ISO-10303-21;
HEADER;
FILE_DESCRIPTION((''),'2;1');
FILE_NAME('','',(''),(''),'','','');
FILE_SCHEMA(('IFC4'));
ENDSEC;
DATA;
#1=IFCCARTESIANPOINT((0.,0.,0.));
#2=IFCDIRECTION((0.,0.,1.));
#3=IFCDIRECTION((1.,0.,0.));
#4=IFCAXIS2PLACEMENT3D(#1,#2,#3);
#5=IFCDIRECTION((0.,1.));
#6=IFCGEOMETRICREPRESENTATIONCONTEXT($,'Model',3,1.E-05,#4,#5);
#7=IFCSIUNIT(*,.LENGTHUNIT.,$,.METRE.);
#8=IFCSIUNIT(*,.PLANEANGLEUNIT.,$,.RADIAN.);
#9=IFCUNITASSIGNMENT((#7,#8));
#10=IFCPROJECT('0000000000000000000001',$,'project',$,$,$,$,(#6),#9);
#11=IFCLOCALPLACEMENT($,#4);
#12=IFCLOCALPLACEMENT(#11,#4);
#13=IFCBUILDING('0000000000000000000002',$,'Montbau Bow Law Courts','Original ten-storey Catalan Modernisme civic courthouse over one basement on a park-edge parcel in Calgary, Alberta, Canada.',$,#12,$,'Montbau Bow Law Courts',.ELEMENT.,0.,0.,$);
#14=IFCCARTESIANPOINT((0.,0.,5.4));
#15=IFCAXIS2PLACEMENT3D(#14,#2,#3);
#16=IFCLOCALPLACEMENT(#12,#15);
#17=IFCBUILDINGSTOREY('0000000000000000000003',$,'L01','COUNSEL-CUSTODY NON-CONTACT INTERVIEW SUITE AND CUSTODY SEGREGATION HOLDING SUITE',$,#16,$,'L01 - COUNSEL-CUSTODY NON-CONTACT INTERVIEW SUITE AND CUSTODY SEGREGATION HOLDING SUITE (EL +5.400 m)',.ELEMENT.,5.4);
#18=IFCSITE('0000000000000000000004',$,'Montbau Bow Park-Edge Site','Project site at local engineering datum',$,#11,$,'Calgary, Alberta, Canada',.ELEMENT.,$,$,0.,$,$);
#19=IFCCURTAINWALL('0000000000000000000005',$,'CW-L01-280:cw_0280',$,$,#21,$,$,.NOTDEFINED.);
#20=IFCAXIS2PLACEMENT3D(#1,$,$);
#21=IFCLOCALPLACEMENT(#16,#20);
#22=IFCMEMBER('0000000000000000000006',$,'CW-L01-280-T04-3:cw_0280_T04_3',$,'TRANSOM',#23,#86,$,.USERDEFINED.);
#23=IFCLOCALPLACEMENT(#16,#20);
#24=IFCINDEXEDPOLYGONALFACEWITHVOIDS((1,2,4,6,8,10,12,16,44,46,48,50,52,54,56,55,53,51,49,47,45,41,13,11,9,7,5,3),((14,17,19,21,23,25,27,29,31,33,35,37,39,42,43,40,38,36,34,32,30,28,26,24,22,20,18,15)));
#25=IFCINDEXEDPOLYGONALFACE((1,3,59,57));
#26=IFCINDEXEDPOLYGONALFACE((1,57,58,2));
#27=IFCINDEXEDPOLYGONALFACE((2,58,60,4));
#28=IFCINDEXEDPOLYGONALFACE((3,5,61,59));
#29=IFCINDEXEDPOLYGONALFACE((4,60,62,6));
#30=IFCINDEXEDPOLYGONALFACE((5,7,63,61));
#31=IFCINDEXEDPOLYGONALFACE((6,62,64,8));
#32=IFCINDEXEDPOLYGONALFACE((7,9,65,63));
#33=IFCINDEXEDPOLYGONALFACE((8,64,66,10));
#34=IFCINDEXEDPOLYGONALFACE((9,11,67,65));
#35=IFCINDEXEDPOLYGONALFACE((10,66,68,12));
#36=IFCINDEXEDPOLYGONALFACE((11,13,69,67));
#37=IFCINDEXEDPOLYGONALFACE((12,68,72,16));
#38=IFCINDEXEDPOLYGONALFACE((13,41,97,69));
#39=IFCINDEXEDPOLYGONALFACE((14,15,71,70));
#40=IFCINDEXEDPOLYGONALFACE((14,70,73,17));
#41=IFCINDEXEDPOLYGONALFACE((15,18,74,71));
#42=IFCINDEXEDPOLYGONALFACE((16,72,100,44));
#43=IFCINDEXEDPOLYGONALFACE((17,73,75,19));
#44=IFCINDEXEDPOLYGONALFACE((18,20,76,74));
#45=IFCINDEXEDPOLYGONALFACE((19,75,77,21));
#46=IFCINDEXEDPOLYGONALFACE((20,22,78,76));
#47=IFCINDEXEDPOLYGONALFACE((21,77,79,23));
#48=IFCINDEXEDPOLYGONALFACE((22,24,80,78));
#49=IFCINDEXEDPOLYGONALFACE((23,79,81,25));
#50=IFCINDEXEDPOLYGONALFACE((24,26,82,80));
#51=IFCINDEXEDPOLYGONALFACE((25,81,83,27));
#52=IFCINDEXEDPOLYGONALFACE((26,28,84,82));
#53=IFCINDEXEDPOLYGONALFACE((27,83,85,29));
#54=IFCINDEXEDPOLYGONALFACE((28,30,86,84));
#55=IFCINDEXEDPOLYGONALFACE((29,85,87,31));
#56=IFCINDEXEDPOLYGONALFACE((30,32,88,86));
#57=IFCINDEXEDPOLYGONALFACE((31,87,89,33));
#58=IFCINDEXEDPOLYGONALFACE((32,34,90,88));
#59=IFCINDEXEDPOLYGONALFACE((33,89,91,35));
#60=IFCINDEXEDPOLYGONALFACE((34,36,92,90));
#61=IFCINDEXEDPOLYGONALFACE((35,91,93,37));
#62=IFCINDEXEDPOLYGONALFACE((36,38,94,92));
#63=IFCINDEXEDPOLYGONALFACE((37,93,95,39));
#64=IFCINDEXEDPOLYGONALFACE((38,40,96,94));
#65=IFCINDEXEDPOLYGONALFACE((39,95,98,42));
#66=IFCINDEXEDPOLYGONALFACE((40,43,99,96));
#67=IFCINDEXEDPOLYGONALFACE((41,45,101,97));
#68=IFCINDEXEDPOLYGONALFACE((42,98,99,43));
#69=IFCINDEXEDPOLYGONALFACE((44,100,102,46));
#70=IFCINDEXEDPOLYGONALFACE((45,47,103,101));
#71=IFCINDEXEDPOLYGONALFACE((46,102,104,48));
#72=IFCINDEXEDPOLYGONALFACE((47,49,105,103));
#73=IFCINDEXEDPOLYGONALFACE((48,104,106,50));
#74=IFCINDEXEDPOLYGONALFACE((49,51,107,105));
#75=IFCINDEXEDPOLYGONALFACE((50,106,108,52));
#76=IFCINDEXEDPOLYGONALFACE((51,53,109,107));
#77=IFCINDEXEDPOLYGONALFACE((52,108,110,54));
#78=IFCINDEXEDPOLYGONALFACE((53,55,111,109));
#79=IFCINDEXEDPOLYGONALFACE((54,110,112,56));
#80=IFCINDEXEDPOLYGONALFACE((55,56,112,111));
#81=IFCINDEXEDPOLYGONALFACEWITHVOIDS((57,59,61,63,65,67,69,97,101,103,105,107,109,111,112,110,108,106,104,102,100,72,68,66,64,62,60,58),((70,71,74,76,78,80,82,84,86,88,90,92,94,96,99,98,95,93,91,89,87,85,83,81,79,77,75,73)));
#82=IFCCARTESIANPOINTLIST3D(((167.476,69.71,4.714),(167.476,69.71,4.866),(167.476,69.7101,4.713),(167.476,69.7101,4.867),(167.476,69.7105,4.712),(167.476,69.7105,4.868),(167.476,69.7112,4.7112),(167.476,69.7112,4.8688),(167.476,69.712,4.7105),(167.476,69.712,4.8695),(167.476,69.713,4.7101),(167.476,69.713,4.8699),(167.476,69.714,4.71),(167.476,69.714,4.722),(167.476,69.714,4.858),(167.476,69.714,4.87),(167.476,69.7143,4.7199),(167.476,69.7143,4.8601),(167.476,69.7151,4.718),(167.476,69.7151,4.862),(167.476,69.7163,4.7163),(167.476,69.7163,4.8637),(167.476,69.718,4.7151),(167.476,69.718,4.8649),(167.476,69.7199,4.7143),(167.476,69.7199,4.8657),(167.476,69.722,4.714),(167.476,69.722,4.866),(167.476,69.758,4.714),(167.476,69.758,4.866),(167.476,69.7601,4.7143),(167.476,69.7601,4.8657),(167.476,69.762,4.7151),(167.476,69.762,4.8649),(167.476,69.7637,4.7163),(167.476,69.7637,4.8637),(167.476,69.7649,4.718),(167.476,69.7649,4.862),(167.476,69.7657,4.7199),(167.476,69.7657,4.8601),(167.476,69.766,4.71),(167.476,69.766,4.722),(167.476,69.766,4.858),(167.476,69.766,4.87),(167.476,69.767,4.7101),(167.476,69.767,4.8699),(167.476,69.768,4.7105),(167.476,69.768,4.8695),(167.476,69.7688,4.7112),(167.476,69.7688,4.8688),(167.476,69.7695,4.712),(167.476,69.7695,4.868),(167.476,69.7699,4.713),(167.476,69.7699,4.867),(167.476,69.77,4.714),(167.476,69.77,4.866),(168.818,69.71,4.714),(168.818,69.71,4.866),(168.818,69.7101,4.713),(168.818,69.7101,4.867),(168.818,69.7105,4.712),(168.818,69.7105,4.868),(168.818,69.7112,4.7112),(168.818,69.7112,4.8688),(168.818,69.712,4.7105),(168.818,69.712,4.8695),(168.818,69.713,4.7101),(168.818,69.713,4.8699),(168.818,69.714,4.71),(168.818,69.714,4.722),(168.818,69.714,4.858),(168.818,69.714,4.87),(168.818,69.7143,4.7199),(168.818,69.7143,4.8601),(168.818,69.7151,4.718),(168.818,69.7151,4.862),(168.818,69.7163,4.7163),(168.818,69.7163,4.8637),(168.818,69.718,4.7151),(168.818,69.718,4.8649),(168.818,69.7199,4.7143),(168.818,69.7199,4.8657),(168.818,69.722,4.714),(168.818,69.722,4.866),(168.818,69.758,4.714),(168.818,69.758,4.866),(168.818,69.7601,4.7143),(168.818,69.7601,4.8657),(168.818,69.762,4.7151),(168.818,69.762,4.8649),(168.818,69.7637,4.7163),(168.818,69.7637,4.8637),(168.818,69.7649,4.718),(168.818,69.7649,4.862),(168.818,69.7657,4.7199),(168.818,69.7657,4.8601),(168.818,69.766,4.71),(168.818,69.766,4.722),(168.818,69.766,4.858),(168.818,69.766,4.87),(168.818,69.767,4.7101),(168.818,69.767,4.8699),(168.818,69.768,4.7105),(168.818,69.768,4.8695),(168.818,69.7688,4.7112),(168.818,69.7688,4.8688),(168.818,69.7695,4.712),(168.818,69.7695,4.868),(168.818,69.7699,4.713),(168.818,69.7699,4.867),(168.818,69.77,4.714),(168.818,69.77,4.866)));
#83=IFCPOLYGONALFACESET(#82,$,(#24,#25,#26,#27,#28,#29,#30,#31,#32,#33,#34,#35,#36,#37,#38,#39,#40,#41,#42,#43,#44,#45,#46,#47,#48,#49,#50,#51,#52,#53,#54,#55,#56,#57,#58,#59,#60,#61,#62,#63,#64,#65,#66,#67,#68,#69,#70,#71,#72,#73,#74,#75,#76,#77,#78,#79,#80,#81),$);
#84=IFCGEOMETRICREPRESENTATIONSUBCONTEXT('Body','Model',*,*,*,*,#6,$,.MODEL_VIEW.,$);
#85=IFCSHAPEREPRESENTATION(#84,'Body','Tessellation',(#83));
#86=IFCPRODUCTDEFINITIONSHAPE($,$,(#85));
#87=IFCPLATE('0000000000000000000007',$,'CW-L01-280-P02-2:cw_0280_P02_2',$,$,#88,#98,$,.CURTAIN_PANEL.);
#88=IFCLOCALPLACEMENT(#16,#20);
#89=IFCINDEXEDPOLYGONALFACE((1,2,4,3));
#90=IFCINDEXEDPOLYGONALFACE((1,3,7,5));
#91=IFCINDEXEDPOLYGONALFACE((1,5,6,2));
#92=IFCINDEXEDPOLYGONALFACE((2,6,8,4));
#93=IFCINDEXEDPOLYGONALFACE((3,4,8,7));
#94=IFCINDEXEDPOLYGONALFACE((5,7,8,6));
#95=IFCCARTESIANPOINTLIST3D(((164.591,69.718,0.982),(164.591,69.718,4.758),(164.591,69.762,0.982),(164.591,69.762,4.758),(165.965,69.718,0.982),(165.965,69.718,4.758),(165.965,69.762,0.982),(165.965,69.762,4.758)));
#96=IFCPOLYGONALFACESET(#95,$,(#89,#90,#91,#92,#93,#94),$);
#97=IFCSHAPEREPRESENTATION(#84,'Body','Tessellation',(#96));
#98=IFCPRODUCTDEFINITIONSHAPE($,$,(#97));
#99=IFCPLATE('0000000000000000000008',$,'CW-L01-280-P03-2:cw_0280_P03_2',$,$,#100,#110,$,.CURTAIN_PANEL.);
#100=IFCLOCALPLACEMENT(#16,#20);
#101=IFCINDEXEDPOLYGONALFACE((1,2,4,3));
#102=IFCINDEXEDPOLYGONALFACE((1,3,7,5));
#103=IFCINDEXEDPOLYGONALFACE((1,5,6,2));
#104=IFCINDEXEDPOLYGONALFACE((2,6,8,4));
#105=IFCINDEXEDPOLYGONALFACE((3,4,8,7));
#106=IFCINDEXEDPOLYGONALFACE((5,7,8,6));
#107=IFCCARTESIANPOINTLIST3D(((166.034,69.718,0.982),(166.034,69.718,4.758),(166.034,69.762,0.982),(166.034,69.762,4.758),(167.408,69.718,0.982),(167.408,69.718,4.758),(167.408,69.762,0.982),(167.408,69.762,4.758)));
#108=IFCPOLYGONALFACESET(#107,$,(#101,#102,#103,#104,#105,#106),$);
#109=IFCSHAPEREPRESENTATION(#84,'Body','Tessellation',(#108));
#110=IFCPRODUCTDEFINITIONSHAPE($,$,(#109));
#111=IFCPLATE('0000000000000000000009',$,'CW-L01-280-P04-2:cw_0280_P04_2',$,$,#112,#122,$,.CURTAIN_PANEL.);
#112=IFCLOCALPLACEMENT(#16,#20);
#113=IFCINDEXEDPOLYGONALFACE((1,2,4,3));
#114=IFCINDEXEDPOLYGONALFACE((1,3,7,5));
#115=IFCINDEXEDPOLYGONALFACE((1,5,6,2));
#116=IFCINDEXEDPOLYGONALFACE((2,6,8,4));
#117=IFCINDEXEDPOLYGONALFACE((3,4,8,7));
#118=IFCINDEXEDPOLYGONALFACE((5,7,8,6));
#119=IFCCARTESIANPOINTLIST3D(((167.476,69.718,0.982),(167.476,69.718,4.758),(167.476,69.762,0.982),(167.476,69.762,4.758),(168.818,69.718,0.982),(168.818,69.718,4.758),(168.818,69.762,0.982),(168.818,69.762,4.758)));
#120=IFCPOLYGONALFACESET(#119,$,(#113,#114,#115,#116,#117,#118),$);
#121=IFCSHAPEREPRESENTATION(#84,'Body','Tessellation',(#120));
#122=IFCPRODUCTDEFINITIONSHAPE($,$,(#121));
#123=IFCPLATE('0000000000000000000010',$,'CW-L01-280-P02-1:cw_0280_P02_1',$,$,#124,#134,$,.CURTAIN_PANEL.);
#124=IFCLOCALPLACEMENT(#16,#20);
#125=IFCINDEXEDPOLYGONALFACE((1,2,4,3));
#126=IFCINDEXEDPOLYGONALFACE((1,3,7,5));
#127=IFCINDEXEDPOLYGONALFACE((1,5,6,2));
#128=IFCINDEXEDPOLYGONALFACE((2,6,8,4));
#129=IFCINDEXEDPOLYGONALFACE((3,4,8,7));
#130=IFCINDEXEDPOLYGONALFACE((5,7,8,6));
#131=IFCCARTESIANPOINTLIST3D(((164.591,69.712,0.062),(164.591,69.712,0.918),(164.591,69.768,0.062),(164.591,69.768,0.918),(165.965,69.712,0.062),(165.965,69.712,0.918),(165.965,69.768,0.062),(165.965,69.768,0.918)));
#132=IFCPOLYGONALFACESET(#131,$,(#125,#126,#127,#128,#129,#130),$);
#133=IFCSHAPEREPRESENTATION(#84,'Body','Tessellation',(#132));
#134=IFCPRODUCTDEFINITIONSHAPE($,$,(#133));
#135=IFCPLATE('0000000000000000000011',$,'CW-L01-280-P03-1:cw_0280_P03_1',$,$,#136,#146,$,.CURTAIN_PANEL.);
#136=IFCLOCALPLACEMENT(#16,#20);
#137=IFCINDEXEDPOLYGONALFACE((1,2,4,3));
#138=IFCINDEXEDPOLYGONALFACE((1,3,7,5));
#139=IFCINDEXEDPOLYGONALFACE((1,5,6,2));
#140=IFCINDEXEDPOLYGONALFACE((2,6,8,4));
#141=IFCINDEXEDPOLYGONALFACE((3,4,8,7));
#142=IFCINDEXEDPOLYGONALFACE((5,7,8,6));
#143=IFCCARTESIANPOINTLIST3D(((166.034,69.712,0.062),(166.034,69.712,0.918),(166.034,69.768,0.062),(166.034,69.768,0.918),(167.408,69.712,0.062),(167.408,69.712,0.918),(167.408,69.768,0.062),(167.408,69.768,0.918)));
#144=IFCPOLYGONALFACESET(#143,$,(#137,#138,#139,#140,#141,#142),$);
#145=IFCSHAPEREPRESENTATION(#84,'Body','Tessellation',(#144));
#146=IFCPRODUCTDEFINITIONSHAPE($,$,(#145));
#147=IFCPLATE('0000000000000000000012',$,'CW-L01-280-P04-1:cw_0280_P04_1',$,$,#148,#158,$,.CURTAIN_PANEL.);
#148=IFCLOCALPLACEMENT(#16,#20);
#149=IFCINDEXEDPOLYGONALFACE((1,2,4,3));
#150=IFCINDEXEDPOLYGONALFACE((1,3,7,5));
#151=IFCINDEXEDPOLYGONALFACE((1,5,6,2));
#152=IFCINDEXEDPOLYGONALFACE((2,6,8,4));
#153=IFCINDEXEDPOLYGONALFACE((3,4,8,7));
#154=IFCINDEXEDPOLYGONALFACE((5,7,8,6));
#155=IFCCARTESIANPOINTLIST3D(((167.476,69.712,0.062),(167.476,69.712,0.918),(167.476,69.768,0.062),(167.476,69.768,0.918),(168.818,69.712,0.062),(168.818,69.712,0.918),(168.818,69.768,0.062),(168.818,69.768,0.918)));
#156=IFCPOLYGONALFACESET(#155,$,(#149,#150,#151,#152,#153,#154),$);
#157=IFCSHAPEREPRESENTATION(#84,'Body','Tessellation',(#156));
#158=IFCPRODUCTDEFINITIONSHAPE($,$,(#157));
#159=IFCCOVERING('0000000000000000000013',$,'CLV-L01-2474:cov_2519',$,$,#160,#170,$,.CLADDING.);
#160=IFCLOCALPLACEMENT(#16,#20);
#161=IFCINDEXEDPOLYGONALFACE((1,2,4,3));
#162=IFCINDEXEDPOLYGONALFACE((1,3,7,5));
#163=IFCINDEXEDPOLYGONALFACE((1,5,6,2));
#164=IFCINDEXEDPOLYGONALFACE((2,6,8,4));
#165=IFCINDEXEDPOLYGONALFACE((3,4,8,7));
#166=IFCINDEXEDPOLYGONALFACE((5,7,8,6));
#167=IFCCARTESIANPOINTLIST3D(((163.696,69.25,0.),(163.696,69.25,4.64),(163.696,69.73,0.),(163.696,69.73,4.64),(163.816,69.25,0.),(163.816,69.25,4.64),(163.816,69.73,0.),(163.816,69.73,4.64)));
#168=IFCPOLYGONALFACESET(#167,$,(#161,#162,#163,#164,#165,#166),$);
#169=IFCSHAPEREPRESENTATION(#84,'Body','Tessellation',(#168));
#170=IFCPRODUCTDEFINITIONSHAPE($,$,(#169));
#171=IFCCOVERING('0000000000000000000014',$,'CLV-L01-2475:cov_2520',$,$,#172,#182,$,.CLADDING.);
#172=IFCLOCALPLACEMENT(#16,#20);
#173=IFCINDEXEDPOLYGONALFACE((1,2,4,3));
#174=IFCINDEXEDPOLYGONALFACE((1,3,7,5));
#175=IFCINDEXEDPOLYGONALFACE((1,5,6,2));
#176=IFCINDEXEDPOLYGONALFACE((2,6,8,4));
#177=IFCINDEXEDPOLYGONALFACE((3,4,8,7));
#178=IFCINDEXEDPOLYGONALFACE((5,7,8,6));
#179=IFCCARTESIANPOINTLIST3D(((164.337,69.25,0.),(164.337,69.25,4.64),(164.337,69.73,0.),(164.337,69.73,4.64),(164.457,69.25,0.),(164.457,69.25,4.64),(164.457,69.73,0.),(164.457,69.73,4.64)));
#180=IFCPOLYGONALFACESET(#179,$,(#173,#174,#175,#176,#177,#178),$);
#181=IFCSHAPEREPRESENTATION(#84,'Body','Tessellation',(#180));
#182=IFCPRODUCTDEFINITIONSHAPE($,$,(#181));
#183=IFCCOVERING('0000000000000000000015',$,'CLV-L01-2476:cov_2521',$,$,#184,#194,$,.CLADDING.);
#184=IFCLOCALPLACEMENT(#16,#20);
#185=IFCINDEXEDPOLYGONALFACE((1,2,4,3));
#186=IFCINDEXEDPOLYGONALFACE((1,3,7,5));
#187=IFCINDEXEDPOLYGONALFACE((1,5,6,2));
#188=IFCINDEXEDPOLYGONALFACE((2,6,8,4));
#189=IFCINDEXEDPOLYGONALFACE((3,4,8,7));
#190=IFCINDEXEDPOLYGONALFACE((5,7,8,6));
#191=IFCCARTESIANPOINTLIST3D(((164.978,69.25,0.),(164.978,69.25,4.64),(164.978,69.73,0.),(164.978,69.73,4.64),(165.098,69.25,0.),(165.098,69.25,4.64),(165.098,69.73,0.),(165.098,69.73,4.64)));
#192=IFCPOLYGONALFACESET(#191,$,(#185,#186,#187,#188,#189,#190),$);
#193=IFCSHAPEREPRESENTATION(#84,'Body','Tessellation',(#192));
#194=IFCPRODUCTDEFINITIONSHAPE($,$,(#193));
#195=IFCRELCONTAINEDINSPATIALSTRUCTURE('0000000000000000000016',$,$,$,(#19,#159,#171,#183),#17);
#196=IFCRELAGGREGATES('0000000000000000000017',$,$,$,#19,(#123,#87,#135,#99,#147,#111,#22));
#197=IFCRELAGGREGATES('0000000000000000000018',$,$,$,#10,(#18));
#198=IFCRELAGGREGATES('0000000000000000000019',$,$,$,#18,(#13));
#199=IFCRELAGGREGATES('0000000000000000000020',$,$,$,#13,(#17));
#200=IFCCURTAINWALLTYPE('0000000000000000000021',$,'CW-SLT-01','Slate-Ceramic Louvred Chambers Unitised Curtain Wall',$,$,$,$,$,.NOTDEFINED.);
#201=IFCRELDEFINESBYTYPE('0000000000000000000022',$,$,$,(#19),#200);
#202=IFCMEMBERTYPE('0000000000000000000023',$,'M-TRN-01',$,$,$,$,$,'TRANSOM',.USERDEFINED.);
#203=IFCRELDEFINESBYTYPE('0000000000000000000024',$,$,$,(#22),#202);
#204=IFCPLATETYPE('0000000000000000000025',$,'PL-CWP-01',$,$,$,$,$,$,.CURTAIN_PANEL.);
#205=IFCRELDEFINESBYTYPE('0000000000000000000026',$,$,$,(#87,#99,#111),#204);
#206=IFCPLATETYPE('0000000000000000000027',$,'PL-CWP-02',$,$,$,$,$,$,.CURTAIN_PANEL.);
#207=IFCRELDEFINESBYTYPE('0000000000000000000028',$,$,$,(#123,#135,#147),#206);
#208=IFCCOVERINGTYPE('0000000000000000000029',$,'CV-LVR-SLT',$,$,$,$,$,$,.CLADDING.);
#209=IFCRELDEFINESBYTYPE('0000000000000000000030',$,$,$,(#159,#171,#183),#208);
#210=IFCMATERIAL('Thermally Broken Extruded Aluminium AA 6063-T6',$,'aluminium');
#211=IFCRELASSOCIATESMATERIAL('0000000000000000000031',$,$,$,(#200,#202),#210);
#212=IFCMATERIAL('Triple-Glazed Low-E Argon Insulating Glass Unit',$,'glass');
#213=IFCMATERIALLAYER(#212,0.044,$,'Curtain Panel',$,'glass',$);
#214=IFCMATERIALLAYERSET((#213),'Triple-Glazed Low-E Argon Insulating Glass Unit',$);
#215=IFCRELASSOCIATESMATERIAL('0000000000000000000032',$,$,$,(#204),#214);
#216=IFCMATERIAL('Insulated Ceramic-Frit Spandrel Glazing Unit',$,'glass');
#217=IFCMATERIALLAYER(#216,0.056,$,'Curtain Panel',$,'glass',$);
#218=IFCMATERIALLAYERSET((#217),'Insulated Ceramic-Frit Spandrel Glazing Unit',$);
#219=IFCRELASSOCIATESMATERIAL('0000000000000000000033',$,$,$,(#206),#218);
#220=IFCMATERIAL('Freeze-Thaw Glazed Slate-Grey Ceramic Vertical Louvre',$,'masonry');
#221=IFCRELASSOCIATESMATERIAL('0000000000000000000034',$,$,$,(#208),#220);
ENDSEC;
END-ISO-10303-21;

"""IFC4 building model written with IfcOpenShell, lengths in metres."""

from ifc_helpers import new_model, si_unit, direction, frame, frame_2d, origin_with_axes, origin_2d_with_axis, place, context, subcontext, project, spatial, rectangle, hollow_rectangle, extrude, material, layer, layer_set, material_profile, profile_set, type_object, element, aggregate, save


model = new_model("IFC4")

# Units and contexts
model_context = context("Model", 3, precision=1e-05, world=origin_with_axes(), true_north=direction((0.0, 1.0)))
body_context = subcontext(model_context, "Body", "Model", "MODEL_VIEW")
ifc_project = project(units=[si_unit("LENGTHUNIT", "METRE"), si_unit("PLANEANGLEUNIT", "RADIAN")], contexts=[model_context])

# Site, building, storey
site_placement = place(None, origin_with_axes())
site = spatial("IfcSite", under=ifc_project, at=site_placement, Name="Montbau Bow Park-Edge Site", Description="Project site at local engineering datum", LongName="Calgary, Alberta, Canada", CompositionType="ELEMENT", RefElevation=0.0)
building_placement = place(site_placement, origin_with_axes())
building = spatial("IfcBuilding", under=site, at=building_placement, Name="Montbau Bow Law Courts", Description="Original ten-storey Catalan Modernisme civic courthouse over one basement on a park-edge parcel in Calgary, Alberta, Canada.", LongName="Montbau Bow Law Courts", CompositionType="ELEMENT", ElevationOfRefHeight=0.0, ElevationOfTerrain=0.0)
storey_placement = place(building_placement, frame((0.0, 0.0, 5.4), z_axis=(0.0, 0.0, 1.0), x_axis=(1.0, 0.0, 0.0)))
storey = spatial("IfcBuildingStorey", under=building, at=storey_placement, Name="L01", Description="COUNSEL-CUSTODY NON-CONTACT INTERVIEW SUITE AND CUSTODY SEGREGATION HOLDING SUITE", LongName="L01 - COUNSEL-CUSTODY NON-CONTACT INTERVIEW SUITE AND CUSTODY SEGREGATION HOLDING SUITE (EL +5.400 m)", CompositionType="ELEMENT", Elevation=5.4)

# Curtain wall, member, plates
ifc_material_1 = material(Name="Thermally Broken Extruded Aluminium AA 6063-T6", Category="aluminium")
curtain_wall_type = type_object("IfcCurtainWallType", Name="CW-SLT-01", Description="Slate-Ceramic Louvred Chambers Unitised Curtain Wall", PredefinedType="NOTDEFINED", material=ifc_material_1)
curtain_wall_placement = place(None, frame((163.115, 69.74, 5.4), z_axis=(0.0, 0.0, 1.0), x_axis=(1.0, 0.0, 0.0)))
curtain_wall = element("IfcCurtainWall", 1, at=curtain_wall_placement, inside=storey, type_object=curtain_wall_type, Name="CW-L01-280:cw_0280", PredefinedType="NOTDEFINED")
ifc_material_profile_1 = material_profile(ifc_material_1, hollow_rectangle(XDim=0.06, YDim=0.16, WallThickness=0.004, InnerFilletRadius=0.008, OuterFilletRadius=0.004, at=origin_2d_with_axis()), Name="CWT-160X60", Category="Main", Priority=0)
ifc_profile_set_1 = profile_set([ifc_material_profile_1], Name="Thermally Broken Extruded Aluminium AA 6063-T6")
member_type_1 = type_object("IfcMemberType", Name="M-TRN-01", ElementType="TRANSOM", PredefinedType="USERDEFINED", material=ifc_profile_set_1)
member_1_placement = place(None, frame((167.476, 69.74, 10.19), z_axis=(1.0, 0.0, 0.0), x_axis=(0.0, 1.0, 0.0)))
member_1 = element("IfcMember", 2, at=member_1_placement, type_object=member_type_1, Name="CW-L01-280-T04-3:cw_0280_T04_3", ObjectType="TRANSOM", PredefinedType="USERDEFINED", context=body_context, shape_type="SweptSolid", body=[
    extrude(hollow_rectangle(XDim=0.06, YDim=0.16, WallThickness=0.004, InnerFilletRadius=0.008, OuterFilletRadius=0.004, at=origin_2d_with_axis()), origin_with_axes(), (0.0, 0.0, 1.0), 1.342),
])
ifc_material_2 = material(Name="Triple-Glazed Low-E Argon Insulating Glass Unit", Category="glass")
ifc_layer_1 = layer(ifc_material_2, 0.044, Name="Curtain Panel", Category="glass")
ifc_layer_set_1 = layer_set([ifc_layer_1], Name="Triple-Glazed Low-E Argon Insulating Glass Unit")
plate_type_1 = type_object("IfcPlateType", Name="PL-CWP-01", PredefinedType="CURTAIN_PANEL", material=ifc_layer_set_1)
plate_1_placement = place(None, frame((164.591, 69.74, 6.382), z_axis=(0.0, -1.0, 0.0), x_axis=(1.0, 0.0, 0.0)))
plate_1 = element("IfcPlate", 3, at=plate_1_placement, type_object=plate_type_1, Name="CW-L01-280-P02-2:cw_0280_P02_2", PredefinedType="CURTAIN_PANEL", context=body_context, shape_type="SweptSolid", body=[
    extrude(rectangle(XDim=1.374, YDim=3.776, at=frame_2d((0.687, 1.888), x_axis=(1.0, 0.0))), frame((0.0, 0.0, -0.022), z_axis=(0.0, 0.0, 1.0), x_axis=(1.0, 0.0, 0.0)), (0.0, 0.0, 1.0), 0.044),
])
plate_2_placement = place(None, frame((166.034, 69.74, 6.382), z_axis=(0.0, -1.0, 0.0), x_axis=(1.0, 0.0, 0.0)))
plate_2 = element("IfcPlate", 4, at=plate_2_placement, type_object=plate_type_1, Name="CW-L01-280-P03-2:cw_0280_P03_2", PredefinedType="CURTAIN_PANEL", context=body_context, shape_type="SweptSolid", body=[
    extrude(rectangle(XDim=1.374, YDim=3.776, at=frame_2d((0.687, 1.888), x_axis=(1.0, 0.0))), frame((0.0, 0.0, -0.022), z_axis=(0.0, 0.0, 1.0), x_axis=(1.0, 0.0, 0.0)), (0.0, 0.0, 1.0), 0.044),
])
plate_3_placement = place(None, frame((167.476, 69.74, 6.382), z_axis=(0.0, -1.0, 0.0), x_axis=(1.0, 0.0, 0.0)))
plate_3 = element("IfcPlate", 5, at=plate_3_placement, type_object=plate_type_1, Name="CW-L01-280-P04-2:cw_0280_P04_2", PredefinedType="CURTAIN_PANEL", context=body_context, shape_type="SweptSolid", body=[
    extrude(rectangle(XDim=1.342, YDim=3.776, at=frame_2d((0.671, 1.888), x_axis=(1.0, 0.0))), frame((0.0, 0.0, -0.022), z_axis=(0.0, 0.0, 1.0), x_axis=(1.0, 0.0, 0.0)), (0.0, 0.0, 1.0), 0.044),
])
ifc_material_3 = material(Name="Insulated Ceramic-Frit Spandrel Glazing Unit", Category="glass")
ifc_layer_2 = layer(ifc_material_3, 0.056, Name="Curtain Panel", Category="glass")
ifc_layer_set_2 = layer_set([ifc_layer_2], Name="Insulated Ceramic-Frit Spandrel Glazing Unit")
plate_type_2 = type_object("IfcPlateType", Name="PL-CWP-02", PredefinedType="CURTAIN_PANEL", material=ifc_layer_set_2)
plate_4_placement = place(None, frame((164.591, 69.74, 5.462), z_axis=(0.0, -1.0, 0.0), x_axis=(1.0, 0.0, 0.0)))
plate_4 = element("IfcPlate", 6, at=plate_4_placement, type_object=plate_type_2, Name="CW-L01-280-P02-1:cw_0280_P02_1", PredefinedType="CURTAIN_PANEL", context=body_context, shape_type="SweptSolid", body=[
    extrude(rectangle(XDim=1.374, YDim=0.856, at=frame_2d((0.687, 0.428), x_axis=(1.0, 0.0))), frame((0.0, 0.0, -0.028), z_axis=(0.0, 0.0, 1.0), x_axis=(1.0, 0.0, 0.0)), (0.0, 0.0, 1.0), 0.056),
])
plate_5_placement = place(None, frame((166.034, 69.74, 5.462), z_axis=(0.0, -1.0, 0.0), x_axis=(1.0, 0.0, 0.0)))
plate_5 = element("IfcPlate", 7, at=plate_5_placement, type_object=plate_type_2, Name="CW-L01-280-P03-1:cw_0280_P03_1", PredefinedType="CURTAIN_PANEL", context=body_context, shape_type="SweptSolid", body=[
    extrude(rectangle(XDim=1.374, YDim=0.856, at=frame_2d((0.687, 0.428), x_axis=(1.0, 0.0))), frame((0.0, 0.0, -0.028), z_axis=(0.0, 0.0, 1.0), x_axis=(1.0, 0.0, 0.0)), (0.0, 0.0, 1.0), 0.056),
])
plate_6_placement = place(None, frame((167.476, 69.74, 5.462), z_axis=(0.0, -1.0, 0.0), x_axis=(1.0, 0.0, 0.0)))
plate_6 = element("IfcPlate", 8, at=plate_6_placement, type_object=plate_type_2, Name="CW-L01-280-P04-1:cw_0280_P04_1", PredefinedType="CURTAIN_PANEL", context=body_context, shape_type="SweptSolid", body=[
    extrude(rectangle(XDim=1.342, YDim=0.856, at=frame_2d((0.671, 0.428), x_axis=(1.0, 0.0))), frame((0.0, 0.0, -0.028), z_axis=(0.0, 0.0, 1.0), x_axis=(1.0, 0.0, 0.0)), (0.0, 0.0, 1.0), 0.056),
])
aggregate(curtain_wall, [plate_4, plate_1, plate_5, plate_2, plate_6, plate_3, member_1])

# Coverings
ifc_material_4 = material(Name="Freeze-Thaw Glazed Slate-Grey Ceramic Vertical Louvre", Category="masonry")
covering_type = type_object("IfcCoveringType", Name="CV-LVR-SLT", PredefinedType="CLADDING", material=ifc_material_4)
for number, where, z_axis, x_axis, name in (
    (9, (163.756, 69.73, 5.4), (-1.0, 0.0, 0.0), (0.0, -1.0, 0.0), "CLV-L01-2474:cov_2519"),
    (10, (164.397, 69.73, 5.4), (-1.0, 0.0, 0.0), (0.0, -1.0, 0.0), "CLV-L01-2475:cov_2520"),
    (11, (165.038, 69.73, 5.4), (-1.0, 0.0, 0.0), (0.0, -1.0, 0.0), "CLV-L01-2476:cov_2521"),
):
    element("IfcCovering", number, at=place(None, frame(where, z_axis=z_axis, x_axis=x_axis)), inside=storey, type_object=covering_type, Name=name, PredefinedType="CLADDING", context=body_context, shape_type="SweptSolid", body=[
        extrude(rectangle(XDim=0.48, YDim=4.64, at=frame_2d((0.24, 2.32), x_axis=(1.0, 0.0))), frame((0.0, 0.0, -0.06), z_axis=(0.0, 0.0, 1.0), x_axis=(1.0, 0.0, 0.0)), (0.0, 0.0, 1.0), 0.12),
    ])

save(model, "model.ifc")
